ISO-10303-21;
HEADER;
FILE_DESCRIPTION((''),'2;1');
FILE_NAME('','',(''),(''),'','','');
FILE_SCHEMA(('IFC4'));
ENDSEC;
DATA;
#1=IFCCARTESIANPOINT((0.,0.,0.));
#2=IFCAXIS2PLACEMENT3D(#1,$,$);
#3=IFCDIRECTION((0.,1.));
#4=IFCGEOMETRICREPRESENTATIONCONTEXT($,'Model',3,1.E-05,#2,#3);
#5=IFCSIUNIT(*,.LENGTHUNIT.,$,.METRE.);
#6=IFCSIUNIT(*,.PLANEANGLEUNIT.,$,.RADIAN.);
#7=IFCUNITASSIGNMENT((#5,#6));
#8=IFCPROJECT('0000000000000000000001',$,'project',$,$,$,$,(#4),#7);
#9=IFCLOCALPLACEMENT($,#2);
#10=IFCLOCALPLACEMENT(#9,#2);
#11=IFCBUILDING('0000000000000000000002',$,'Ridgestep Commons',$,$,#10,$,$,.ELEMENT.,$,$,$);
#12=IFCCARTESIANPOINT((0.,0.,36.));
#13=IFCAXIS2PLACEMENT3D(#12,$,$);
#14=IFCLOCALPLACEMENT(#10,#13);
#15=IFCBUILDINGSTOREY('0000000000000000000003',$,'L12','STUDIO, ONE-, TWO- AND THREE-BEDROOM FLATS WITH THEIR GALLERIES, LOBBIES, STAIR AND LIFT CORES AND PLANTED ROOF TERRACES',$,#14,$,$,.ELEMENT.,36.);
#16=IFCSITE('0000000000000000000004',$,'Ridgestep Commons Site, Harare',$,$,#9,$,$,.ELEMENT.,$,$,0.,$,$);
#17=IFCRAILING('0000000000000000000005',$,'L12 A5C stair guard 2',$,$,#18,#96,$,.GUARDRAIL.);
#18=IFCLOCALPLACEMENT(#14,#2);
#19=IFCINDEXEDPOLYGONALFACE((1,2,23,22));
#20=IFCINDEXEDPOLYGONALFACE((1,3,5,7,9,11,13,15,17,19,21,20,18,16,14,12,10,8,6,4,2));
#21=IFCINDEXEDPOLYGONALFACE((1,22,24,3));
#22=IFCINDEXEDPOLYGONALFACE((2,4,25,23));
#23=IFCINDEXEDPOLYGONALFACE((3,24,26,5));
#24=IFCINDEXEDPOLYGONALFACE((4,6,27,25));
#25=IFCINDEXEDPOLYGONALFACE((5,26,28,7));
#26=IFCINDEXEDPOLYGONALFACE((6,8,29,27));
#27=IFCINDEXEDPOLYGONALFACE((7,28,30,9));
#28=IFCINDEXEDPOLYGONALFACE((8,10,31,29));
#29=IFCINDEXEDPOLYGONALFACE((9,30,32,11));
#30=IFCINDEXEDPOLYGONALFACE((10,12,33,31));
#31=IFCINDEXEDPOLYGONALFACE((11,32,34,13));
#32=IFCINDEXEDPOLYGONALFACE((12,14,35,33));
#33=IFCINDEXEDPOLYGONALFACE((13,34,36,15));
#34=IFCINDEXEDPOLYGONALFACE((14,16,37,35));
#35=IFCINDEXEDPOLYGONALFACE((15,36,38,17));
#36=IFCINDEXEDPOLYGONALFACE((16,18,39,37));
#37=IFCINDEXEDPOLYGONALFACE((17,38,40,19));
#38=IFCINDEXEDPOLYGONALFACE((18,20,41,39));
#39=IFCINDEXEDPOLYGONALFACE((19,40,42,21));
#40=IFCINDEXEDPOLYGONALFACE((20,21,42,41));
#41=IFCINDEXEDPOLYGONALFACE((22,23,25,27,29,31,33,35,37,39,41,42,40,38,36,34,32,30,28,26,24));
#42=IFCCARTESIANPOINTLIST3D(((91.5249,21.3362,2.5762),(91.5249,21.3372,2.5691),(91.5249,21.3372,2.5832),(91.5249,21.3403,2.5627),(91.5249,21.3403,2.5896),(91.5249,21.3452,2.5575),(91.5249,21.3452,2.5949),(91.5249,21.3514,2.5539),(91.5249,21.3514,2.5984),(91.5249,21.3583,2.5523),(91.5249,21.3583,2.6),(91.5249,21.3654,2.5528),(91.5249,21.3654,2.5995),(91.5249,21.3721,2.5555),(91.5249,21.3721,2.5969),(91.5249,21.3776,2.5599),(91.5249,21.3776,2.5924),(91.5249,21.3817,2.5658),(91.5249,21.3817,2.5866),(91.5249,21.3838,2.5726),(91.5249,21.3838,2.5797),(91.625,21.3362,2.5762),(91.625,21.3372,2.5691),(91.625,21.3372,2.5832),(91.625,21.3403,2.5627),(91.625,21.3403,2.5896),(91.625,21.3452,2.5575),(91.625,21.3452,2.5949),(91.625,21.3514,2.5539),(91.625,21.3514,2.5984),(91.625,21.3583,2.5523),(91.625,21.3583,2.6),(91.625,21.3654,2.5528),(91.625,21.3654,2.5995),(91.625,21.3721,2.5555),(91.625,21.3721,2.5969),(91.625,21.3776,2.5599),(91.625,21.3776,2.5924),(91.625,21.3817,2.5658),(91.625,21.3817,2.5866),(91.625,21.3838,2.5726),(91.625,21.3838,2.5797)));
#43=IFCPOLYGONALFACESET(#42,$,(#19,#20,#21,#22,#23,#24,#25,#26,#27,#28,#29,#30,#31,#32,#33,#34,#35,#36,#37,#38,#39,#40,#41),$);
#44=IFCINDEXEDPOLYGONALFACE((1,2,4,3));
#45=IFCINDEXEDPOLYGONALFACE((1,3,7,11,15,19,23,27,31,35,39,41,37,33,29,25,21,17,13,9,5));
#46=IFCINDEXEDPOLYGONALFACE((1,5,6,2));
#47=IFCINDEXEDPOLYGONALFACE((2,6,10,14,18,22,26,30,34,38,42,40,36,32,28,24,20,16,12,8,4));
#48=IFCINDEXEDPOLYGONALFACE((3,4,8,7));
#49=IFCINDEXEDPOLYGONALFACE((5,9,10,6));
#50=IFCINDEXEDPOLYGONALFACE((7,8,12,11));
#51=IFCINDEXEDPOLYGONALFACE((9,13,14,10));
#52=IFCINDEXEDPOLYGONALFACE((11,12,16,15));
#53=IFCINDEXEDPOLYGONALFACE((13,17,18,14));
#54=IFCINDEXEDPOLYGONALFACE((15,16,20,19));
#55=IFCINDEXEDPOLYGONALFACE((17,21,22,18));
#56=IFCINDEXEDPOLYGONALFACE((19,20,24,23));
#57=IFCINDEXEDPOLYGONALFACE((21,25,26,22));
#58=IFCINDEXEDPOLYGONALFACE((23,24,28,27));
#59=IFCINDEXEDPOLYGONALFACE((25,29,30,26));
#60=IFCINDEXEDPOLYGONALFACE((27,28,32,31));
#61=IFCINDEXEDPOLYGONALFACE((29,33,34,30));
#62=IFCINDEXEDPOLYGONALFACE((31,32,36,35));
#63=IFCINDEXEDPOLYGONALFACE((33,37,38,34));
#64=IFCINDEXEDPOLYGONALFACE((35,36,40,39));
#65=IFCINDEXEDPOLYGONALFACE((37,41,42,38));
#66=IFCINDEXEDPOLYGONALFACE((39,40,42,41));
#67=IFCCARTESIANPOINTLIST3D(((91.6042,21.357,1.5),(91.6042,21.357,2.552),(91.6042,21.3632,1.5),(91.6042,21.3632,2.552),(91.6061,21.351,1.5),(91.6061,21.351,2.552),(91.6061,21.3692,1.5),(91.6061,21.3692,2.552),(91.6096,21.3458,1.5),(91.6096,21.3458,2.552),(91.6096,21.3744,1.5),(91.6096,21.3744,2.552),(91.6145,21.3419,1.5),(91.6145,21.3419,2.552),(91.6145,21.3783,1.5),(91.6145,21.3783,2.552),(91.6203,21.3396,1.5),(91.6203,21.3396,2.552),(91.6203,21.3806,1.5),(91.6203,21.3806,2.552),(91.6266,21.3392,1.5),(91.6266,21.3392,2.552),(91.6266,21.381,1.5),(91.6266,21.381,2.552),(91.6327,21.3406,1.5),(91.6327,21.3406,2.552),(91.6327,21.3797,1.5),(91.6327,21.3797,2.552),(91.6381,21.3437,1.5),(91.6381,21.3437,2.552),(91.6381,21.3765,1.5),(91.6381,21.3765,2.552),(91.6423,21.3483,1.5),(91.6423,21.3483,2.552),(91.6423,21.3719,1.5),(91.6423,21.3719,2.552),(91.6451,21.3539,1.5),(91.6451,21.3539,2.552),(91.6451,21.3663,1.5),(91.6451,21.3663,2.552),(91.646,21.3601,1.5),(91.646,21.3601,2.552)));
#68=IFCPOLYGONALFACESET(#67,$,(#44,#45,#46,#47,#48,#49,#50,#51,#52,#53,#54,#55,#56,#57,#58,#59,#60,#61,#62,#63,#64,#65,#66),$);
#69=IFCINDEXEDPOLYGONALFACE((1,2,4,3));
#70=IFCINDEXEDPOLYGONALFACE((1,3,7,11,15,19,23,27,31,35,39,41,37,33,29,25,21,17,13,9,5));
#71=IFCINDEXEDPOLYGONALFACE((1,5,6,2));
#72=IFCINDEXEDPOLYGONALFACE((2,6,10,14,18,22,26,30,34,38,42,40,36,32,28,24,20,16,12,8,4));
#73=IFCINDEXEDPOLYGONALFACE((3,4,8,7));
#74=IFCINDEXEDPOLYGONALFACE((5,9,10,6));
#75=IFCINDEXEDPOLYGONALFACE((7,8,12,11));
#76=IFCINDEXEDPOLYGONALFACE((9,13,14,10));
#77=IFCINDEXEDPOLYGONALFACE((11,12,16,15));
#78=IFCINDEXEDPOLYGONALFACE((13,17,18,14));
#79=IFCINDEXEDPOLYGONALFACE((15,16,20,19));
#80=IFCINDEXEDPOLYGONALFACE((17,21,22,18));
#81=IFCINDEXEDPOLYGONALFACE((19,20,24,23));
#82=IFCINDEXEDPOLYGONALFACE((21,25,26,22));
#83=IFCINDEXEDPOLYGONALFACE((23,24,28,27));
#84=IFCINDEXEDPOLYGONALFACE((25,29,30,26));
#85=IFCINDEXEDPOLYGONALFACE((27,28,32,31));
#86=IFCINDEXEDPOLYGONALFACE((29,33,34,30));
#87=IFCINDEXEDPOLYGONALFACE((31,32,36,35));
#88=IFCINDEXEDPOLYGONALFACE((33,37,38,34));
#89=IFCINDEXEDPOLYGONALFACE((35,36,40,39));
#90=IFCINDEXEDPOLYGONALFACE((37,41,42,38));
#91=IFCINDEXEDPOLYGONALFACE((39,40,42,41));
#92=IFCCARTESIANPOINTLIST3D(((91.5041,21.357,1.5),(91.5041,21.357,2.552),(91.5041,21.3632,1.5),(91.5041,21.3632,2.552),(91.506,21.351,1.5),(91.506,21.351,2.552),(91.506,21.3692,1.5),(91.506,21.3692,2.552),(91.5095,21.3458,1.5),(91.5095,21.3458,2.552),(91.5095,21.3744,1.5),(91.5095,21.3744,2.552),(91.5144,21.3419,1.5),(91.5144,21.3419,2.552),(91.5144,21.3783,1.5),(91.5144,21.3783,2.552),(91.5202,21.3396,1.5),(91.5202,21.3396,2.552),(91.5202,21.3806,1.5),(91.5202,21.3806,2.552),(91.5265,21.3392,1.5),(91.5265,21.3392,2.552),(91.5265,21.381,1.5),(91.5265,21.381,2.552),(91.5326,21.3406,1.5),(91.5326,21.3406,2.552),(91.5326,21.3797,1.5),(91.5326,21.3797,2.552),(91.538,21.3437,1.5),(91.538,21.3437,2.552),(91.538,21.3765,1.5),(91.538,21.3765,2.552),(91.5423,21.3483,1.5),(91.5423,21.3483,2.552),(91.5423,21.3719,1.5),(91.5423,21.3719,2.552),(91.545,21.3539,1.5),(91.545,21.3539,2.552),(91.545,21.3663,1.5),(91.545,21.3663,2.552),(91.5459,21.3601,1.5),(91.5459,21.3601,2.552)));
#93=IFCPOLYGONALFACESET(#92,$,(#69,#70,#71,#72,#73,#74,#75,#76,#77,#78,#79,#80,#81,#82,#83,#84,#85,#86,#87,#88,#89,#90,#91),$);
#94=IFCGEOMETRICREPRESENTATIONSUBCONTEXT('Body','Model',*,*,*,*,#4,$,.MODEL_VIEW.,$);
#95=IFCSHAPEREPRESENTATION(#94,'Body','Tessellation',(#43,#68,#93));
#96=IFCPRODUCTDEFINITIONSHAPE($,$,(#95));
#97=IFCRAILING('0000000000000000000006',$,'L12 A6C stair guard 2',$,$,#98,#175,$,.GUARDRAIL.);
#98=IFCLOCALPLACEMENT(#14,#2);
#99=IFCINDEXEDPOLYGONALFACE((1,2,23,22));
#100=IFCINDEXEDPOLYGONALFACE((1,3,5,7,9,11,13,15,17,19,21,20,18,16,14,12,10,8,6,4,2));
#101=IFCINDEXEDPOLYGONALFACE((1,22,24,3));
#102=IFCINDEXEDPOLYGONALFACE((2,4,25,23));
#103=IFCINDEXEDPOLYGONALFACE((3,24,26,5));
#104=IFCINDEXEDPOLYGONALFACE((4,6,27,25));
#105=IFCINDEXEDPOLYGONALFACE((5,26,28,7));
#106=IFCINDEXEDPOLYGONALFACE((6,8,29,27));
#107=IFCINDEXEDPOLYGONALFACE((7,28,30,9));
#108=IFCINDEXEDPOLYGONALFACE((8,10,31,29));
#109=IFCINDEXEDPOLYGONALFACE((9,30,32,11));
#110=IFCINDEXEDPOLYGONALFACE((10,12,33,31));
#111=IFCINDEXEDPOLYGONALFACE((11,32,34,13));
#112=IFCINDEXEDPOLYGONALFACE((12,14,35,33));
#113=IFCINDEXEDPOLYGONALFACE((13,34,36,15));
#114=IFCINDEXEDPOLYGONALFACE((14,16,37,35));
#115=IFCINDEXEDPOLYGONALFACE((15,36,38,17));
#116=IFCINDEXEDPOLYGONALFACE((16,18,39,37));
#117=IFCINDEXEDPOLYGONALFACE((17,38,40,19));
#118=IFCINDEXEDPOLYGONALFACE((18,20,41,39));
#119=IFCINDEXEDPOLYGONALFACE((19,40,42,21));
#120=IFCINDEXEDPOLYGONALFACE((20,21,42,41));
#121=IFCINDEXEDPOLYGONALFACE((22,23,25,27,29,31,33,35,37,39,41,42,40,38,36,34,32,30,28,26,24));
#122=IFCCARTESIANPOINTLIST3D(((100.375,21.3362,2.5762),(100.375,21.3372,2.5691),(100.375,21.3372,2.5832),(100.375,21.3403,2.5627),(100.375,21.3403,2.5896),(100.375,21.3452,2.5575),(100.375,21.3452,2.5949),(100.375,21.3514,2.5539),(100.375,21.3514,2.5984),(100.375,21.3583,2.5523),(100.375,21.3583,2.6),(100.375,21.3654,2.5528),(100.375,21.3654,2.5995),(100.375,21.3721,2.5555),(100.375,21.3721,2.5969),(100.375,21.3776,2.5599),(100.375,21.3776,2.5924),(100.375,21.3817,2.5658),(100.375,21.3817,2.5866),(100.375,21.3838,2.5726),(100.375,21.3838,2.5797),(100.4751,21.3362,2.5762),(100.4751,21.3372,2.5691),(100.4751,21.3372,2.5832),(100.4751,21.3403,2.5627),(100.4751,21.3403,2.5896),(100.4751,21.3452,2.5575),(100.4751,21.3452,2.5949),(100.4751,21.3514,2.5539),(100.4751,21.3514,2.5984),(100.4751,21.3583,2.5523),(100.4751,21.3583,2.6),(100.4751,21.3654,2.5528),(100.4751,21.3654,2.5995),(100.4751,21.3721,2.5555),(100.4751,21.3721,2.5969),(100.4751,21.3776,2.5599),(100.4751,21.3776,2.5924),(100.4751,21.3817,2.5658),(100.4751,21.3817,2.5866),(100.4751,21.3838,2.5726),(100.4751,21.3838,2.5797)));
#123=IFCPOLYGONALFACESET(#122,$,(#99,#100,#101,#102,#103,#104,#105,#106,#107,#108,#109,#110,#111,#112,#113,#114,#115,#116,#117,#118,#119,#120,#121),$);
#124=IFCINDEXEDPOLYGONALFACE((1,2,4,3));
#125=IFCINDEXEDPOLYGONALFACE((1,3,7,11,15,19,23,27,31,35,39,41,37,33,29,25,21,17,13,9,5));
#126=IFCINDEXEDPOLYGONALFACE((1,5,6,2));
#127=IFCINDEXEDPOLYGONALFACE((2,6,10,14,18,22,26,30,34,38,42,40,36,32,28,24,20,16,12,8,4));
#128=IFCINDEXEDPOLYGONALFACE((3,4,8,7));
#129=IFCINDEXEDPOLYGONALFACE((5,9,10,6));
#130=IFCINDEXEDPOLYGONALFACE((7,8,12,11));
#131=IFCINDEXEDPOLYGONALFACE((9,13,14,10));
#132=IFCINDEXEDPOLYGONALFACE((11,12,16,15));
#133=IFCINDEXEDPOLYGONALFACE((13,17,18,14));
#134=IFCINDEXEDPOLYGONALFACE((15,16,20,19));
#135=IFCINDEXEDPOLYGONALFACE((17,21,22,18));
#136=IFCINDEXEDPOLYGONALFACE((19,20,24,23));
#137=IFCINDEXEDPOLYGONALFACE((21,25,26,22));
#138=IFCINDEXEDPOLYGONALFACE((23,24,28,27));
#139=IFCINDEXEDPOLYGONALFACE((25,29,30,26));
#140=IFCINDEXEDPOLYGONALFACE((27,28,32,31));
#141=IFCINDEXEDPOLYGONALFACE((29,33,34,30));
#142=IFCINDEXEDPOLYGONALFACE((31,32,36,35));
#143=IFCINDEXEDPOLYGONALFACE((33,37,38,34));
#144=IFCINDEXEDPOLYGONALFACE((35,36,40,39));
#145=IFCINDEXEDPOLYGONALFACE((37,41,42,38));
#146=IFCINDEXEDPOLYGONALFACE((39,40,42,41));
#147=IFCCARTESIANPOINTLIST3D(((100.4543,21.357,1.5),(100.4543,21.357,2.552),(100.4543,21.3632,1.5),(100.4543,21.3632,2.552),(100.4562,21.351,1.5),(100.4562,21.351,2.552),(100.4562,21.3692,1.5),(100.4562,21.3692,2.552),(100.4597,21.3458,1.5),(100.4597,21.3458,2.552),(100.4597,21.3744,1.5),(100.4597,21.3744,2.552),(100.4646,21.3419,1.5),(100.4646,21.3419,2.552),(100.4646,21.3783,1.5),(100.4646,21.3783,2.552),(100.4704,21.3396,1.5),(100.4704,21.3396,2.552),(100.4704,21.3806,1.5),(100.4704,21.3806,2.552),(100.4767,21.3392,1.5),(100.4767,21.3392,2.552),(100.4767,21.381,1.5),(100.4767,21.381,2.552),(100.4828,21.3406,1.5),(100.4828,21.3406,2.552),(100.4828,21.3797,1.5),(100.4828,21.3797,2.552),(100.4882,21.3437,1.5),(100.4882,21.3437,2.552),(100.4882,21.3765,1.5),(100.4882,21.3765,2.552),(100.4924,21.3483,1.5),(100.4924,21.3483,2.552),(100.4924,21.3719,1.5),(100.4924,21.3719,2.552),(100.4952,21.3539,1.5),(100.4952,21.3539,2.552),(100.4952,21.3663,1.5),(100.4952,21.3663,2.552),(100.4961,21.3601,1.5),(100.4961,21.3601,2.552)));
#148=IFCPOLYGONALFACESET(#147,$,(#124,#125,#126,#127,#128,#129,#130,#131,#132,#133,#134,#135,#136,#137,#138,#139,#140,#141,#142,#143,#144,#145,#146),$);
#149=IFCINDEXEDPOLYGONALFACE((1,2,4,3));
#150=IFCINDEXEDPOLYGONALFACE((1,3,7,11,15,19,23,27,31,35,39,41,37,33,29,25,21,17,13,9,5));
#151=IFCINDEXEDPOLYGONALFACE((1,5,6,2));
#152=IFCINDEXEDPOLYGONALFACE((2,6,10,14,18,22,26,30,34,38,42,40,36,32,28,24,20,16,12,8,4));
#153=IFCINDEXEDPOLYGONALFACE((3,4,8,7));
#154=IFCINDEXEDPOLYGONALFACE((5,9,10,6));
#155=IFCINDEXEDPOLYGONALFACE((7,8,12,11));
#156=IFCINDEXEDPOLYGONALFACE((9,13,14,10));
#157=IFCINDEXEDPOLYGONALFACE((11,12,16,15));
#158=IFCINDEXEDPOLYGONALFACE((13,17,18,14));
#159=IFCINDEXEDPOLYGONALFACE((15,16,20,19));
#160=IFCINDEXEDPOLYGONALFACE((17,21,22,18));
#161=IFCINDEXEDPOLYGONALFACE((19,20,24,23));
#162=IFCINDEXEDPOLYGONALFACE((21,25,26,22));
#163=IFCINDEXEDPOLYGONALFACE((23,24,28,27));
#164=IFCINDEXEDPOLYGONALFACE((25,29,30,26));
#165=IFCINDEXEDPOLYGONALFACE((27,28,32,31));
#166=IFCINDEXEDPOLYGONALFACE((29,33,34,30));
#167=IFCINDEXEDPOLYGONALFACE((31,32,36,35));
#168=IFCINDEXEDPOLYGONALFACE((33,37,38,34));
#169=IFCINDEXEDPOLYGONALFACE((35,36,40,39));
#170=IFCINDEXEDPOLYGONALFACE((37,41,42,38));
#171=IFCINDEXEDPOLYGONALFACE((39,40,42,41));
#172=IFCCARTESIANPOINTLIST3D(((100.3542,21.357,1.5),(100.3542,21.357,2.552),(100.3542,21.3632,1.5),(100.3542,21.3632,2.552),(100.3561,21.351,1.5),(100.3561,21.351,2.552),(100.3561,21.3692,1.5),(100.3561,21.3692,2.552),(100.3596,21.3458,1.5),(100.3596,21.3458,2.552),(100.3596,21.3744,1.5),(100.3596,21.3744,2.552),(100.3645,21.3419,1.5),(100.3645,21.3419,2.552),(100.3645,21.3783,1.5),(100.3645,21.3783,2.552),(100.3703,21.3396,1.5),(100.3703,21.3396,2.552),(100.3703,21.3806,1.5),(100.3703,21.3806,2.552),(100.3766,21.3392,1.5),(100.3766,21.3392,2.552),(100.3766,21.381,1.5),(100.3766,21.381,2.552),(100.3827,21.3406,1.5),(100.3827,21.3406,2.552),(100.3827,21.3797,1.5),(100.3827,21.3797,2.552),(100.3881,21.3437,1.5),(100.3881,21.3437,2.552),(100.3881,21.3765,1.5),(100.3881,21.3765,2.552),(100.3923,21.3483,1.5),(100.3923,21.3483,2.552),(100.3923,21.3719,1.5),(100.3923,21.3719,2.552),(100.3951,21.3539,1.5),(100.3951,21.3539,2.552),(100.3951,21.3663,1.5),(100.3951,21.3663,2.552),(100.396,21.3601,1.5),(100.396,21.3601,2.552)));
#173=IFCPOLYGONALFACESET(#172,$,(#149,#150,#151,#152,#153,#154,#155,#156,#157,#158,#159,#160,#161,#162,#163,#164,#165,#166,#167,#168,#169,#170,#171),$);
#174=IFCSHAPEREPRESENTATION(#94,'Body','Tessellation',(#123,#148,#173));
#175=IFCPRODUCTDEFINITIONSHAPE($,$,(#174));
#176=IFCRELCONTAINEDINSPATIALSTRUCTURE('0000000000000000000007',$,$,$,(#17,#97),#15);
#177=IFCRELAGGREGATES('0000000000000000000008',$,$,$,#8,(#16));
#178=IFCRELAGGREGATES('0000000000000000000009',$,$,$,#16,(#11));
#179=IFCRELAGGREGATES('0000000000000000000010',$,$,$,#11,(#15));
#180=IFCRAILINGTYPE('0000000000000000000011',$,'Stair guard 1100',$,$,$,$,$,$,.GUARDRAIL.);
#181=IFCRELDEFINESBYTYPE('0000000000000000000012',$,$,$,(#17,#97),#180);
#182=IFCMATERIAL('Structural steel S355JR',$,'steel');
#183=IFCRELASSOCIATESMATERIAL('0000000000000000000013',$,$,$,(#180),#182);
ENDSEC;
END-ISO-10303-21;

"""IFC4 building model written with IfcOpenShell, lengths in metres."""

from ifc_helpers import new_model, si_unit, direction, frame, origin, origin_2d, place, context, subcontext, project, spatial, circle, extrude, material, type_object, element, save


model = new_model("IFC4")

# Units and contexts
model_context = context("Model", 3, precision=1e-05, world=origin(), true_north=direction((0.0, 1.0)))
body_context = subcontext(model_context, "Body", "Model", "MODEL_VIEW")
ifc_project = project(units=[si_unit("LENGTHUNIT", "METRE"), si_unit("PLANEANGLEUNIT", "RADIAN")], contexts=[model_context])

# Site, building, storey
site_placement = place(None, origin())
site = spatial("IfcSite", under=ifc_project, at=site_placement, Name="Ridgestep Commons Site, Harare", CompositionType="ELEMENT", RefElevation=0.0)
building_placement = place(site_placement, origin())
building = spatial("IfcBuilding", under=site, at=building_placement, Name="Ridgestep Commons", CompositionType="ELEMENT")
storey_placement = place(building_placement, frame((0.0, 0.0, 36.0)))
storey = spatial("IfcBuildingStorey", under=building, at=storey_placement, Name="L12", Description="STUDIO, ONE-, TWO- AND THREE-BEDROOM FLATS WITH THEIR GALLERIES, LOBBIES, STAIR AND LIFT CORES AND PLANTED ROOF TERRACES", CompositionType="ELEMENT", Elevation=36.0)

# Railings
ifc_material_1 = material(Name="Structural steel S355JR", Category="steel")
railing_type = type_object("IfcRailingType", Name="Stair guard 1100", PredefinedType="GUARDRAIL", material=ifc_material_1)
for number, where, name in (
    (1, (91.625, 21.3601, 1.5), "L12 A5C stair guard 2"),
    (2, (100.4751, 21.3601, 1.5), "L12 A6C stair guard 2"),
):
    element("IfcRailing", number, at=place(storey_placement, frame(where)), inside=storey, type_object=railing_type, Name=name, PredefinedType="GUARDRAIL", context=body_context, shape_type="SweptSolid", body=[
        extrude(circle(Radius=0.0239, at=origin_2d()), frame((0.0, 0.0, 1.0762), z_axis=(-1.0, 0.0, 0.0), x_axis=(0.0, -1.0, 0.0)), (0.0, 0.0, 1.0), 0.1001),
        extrude(circle(Radius=0.021, at=origin_2d()), origin(), (0.0, 0.0, 1.0), 1.052),
        extrude(circle(Radius=0.021, at=origin_2d()), frame((-0.1001, 0.0, 0.0)), (0.0, 0.0, 1.0), 1.052),
    ])

save(model, "model.ifc")
